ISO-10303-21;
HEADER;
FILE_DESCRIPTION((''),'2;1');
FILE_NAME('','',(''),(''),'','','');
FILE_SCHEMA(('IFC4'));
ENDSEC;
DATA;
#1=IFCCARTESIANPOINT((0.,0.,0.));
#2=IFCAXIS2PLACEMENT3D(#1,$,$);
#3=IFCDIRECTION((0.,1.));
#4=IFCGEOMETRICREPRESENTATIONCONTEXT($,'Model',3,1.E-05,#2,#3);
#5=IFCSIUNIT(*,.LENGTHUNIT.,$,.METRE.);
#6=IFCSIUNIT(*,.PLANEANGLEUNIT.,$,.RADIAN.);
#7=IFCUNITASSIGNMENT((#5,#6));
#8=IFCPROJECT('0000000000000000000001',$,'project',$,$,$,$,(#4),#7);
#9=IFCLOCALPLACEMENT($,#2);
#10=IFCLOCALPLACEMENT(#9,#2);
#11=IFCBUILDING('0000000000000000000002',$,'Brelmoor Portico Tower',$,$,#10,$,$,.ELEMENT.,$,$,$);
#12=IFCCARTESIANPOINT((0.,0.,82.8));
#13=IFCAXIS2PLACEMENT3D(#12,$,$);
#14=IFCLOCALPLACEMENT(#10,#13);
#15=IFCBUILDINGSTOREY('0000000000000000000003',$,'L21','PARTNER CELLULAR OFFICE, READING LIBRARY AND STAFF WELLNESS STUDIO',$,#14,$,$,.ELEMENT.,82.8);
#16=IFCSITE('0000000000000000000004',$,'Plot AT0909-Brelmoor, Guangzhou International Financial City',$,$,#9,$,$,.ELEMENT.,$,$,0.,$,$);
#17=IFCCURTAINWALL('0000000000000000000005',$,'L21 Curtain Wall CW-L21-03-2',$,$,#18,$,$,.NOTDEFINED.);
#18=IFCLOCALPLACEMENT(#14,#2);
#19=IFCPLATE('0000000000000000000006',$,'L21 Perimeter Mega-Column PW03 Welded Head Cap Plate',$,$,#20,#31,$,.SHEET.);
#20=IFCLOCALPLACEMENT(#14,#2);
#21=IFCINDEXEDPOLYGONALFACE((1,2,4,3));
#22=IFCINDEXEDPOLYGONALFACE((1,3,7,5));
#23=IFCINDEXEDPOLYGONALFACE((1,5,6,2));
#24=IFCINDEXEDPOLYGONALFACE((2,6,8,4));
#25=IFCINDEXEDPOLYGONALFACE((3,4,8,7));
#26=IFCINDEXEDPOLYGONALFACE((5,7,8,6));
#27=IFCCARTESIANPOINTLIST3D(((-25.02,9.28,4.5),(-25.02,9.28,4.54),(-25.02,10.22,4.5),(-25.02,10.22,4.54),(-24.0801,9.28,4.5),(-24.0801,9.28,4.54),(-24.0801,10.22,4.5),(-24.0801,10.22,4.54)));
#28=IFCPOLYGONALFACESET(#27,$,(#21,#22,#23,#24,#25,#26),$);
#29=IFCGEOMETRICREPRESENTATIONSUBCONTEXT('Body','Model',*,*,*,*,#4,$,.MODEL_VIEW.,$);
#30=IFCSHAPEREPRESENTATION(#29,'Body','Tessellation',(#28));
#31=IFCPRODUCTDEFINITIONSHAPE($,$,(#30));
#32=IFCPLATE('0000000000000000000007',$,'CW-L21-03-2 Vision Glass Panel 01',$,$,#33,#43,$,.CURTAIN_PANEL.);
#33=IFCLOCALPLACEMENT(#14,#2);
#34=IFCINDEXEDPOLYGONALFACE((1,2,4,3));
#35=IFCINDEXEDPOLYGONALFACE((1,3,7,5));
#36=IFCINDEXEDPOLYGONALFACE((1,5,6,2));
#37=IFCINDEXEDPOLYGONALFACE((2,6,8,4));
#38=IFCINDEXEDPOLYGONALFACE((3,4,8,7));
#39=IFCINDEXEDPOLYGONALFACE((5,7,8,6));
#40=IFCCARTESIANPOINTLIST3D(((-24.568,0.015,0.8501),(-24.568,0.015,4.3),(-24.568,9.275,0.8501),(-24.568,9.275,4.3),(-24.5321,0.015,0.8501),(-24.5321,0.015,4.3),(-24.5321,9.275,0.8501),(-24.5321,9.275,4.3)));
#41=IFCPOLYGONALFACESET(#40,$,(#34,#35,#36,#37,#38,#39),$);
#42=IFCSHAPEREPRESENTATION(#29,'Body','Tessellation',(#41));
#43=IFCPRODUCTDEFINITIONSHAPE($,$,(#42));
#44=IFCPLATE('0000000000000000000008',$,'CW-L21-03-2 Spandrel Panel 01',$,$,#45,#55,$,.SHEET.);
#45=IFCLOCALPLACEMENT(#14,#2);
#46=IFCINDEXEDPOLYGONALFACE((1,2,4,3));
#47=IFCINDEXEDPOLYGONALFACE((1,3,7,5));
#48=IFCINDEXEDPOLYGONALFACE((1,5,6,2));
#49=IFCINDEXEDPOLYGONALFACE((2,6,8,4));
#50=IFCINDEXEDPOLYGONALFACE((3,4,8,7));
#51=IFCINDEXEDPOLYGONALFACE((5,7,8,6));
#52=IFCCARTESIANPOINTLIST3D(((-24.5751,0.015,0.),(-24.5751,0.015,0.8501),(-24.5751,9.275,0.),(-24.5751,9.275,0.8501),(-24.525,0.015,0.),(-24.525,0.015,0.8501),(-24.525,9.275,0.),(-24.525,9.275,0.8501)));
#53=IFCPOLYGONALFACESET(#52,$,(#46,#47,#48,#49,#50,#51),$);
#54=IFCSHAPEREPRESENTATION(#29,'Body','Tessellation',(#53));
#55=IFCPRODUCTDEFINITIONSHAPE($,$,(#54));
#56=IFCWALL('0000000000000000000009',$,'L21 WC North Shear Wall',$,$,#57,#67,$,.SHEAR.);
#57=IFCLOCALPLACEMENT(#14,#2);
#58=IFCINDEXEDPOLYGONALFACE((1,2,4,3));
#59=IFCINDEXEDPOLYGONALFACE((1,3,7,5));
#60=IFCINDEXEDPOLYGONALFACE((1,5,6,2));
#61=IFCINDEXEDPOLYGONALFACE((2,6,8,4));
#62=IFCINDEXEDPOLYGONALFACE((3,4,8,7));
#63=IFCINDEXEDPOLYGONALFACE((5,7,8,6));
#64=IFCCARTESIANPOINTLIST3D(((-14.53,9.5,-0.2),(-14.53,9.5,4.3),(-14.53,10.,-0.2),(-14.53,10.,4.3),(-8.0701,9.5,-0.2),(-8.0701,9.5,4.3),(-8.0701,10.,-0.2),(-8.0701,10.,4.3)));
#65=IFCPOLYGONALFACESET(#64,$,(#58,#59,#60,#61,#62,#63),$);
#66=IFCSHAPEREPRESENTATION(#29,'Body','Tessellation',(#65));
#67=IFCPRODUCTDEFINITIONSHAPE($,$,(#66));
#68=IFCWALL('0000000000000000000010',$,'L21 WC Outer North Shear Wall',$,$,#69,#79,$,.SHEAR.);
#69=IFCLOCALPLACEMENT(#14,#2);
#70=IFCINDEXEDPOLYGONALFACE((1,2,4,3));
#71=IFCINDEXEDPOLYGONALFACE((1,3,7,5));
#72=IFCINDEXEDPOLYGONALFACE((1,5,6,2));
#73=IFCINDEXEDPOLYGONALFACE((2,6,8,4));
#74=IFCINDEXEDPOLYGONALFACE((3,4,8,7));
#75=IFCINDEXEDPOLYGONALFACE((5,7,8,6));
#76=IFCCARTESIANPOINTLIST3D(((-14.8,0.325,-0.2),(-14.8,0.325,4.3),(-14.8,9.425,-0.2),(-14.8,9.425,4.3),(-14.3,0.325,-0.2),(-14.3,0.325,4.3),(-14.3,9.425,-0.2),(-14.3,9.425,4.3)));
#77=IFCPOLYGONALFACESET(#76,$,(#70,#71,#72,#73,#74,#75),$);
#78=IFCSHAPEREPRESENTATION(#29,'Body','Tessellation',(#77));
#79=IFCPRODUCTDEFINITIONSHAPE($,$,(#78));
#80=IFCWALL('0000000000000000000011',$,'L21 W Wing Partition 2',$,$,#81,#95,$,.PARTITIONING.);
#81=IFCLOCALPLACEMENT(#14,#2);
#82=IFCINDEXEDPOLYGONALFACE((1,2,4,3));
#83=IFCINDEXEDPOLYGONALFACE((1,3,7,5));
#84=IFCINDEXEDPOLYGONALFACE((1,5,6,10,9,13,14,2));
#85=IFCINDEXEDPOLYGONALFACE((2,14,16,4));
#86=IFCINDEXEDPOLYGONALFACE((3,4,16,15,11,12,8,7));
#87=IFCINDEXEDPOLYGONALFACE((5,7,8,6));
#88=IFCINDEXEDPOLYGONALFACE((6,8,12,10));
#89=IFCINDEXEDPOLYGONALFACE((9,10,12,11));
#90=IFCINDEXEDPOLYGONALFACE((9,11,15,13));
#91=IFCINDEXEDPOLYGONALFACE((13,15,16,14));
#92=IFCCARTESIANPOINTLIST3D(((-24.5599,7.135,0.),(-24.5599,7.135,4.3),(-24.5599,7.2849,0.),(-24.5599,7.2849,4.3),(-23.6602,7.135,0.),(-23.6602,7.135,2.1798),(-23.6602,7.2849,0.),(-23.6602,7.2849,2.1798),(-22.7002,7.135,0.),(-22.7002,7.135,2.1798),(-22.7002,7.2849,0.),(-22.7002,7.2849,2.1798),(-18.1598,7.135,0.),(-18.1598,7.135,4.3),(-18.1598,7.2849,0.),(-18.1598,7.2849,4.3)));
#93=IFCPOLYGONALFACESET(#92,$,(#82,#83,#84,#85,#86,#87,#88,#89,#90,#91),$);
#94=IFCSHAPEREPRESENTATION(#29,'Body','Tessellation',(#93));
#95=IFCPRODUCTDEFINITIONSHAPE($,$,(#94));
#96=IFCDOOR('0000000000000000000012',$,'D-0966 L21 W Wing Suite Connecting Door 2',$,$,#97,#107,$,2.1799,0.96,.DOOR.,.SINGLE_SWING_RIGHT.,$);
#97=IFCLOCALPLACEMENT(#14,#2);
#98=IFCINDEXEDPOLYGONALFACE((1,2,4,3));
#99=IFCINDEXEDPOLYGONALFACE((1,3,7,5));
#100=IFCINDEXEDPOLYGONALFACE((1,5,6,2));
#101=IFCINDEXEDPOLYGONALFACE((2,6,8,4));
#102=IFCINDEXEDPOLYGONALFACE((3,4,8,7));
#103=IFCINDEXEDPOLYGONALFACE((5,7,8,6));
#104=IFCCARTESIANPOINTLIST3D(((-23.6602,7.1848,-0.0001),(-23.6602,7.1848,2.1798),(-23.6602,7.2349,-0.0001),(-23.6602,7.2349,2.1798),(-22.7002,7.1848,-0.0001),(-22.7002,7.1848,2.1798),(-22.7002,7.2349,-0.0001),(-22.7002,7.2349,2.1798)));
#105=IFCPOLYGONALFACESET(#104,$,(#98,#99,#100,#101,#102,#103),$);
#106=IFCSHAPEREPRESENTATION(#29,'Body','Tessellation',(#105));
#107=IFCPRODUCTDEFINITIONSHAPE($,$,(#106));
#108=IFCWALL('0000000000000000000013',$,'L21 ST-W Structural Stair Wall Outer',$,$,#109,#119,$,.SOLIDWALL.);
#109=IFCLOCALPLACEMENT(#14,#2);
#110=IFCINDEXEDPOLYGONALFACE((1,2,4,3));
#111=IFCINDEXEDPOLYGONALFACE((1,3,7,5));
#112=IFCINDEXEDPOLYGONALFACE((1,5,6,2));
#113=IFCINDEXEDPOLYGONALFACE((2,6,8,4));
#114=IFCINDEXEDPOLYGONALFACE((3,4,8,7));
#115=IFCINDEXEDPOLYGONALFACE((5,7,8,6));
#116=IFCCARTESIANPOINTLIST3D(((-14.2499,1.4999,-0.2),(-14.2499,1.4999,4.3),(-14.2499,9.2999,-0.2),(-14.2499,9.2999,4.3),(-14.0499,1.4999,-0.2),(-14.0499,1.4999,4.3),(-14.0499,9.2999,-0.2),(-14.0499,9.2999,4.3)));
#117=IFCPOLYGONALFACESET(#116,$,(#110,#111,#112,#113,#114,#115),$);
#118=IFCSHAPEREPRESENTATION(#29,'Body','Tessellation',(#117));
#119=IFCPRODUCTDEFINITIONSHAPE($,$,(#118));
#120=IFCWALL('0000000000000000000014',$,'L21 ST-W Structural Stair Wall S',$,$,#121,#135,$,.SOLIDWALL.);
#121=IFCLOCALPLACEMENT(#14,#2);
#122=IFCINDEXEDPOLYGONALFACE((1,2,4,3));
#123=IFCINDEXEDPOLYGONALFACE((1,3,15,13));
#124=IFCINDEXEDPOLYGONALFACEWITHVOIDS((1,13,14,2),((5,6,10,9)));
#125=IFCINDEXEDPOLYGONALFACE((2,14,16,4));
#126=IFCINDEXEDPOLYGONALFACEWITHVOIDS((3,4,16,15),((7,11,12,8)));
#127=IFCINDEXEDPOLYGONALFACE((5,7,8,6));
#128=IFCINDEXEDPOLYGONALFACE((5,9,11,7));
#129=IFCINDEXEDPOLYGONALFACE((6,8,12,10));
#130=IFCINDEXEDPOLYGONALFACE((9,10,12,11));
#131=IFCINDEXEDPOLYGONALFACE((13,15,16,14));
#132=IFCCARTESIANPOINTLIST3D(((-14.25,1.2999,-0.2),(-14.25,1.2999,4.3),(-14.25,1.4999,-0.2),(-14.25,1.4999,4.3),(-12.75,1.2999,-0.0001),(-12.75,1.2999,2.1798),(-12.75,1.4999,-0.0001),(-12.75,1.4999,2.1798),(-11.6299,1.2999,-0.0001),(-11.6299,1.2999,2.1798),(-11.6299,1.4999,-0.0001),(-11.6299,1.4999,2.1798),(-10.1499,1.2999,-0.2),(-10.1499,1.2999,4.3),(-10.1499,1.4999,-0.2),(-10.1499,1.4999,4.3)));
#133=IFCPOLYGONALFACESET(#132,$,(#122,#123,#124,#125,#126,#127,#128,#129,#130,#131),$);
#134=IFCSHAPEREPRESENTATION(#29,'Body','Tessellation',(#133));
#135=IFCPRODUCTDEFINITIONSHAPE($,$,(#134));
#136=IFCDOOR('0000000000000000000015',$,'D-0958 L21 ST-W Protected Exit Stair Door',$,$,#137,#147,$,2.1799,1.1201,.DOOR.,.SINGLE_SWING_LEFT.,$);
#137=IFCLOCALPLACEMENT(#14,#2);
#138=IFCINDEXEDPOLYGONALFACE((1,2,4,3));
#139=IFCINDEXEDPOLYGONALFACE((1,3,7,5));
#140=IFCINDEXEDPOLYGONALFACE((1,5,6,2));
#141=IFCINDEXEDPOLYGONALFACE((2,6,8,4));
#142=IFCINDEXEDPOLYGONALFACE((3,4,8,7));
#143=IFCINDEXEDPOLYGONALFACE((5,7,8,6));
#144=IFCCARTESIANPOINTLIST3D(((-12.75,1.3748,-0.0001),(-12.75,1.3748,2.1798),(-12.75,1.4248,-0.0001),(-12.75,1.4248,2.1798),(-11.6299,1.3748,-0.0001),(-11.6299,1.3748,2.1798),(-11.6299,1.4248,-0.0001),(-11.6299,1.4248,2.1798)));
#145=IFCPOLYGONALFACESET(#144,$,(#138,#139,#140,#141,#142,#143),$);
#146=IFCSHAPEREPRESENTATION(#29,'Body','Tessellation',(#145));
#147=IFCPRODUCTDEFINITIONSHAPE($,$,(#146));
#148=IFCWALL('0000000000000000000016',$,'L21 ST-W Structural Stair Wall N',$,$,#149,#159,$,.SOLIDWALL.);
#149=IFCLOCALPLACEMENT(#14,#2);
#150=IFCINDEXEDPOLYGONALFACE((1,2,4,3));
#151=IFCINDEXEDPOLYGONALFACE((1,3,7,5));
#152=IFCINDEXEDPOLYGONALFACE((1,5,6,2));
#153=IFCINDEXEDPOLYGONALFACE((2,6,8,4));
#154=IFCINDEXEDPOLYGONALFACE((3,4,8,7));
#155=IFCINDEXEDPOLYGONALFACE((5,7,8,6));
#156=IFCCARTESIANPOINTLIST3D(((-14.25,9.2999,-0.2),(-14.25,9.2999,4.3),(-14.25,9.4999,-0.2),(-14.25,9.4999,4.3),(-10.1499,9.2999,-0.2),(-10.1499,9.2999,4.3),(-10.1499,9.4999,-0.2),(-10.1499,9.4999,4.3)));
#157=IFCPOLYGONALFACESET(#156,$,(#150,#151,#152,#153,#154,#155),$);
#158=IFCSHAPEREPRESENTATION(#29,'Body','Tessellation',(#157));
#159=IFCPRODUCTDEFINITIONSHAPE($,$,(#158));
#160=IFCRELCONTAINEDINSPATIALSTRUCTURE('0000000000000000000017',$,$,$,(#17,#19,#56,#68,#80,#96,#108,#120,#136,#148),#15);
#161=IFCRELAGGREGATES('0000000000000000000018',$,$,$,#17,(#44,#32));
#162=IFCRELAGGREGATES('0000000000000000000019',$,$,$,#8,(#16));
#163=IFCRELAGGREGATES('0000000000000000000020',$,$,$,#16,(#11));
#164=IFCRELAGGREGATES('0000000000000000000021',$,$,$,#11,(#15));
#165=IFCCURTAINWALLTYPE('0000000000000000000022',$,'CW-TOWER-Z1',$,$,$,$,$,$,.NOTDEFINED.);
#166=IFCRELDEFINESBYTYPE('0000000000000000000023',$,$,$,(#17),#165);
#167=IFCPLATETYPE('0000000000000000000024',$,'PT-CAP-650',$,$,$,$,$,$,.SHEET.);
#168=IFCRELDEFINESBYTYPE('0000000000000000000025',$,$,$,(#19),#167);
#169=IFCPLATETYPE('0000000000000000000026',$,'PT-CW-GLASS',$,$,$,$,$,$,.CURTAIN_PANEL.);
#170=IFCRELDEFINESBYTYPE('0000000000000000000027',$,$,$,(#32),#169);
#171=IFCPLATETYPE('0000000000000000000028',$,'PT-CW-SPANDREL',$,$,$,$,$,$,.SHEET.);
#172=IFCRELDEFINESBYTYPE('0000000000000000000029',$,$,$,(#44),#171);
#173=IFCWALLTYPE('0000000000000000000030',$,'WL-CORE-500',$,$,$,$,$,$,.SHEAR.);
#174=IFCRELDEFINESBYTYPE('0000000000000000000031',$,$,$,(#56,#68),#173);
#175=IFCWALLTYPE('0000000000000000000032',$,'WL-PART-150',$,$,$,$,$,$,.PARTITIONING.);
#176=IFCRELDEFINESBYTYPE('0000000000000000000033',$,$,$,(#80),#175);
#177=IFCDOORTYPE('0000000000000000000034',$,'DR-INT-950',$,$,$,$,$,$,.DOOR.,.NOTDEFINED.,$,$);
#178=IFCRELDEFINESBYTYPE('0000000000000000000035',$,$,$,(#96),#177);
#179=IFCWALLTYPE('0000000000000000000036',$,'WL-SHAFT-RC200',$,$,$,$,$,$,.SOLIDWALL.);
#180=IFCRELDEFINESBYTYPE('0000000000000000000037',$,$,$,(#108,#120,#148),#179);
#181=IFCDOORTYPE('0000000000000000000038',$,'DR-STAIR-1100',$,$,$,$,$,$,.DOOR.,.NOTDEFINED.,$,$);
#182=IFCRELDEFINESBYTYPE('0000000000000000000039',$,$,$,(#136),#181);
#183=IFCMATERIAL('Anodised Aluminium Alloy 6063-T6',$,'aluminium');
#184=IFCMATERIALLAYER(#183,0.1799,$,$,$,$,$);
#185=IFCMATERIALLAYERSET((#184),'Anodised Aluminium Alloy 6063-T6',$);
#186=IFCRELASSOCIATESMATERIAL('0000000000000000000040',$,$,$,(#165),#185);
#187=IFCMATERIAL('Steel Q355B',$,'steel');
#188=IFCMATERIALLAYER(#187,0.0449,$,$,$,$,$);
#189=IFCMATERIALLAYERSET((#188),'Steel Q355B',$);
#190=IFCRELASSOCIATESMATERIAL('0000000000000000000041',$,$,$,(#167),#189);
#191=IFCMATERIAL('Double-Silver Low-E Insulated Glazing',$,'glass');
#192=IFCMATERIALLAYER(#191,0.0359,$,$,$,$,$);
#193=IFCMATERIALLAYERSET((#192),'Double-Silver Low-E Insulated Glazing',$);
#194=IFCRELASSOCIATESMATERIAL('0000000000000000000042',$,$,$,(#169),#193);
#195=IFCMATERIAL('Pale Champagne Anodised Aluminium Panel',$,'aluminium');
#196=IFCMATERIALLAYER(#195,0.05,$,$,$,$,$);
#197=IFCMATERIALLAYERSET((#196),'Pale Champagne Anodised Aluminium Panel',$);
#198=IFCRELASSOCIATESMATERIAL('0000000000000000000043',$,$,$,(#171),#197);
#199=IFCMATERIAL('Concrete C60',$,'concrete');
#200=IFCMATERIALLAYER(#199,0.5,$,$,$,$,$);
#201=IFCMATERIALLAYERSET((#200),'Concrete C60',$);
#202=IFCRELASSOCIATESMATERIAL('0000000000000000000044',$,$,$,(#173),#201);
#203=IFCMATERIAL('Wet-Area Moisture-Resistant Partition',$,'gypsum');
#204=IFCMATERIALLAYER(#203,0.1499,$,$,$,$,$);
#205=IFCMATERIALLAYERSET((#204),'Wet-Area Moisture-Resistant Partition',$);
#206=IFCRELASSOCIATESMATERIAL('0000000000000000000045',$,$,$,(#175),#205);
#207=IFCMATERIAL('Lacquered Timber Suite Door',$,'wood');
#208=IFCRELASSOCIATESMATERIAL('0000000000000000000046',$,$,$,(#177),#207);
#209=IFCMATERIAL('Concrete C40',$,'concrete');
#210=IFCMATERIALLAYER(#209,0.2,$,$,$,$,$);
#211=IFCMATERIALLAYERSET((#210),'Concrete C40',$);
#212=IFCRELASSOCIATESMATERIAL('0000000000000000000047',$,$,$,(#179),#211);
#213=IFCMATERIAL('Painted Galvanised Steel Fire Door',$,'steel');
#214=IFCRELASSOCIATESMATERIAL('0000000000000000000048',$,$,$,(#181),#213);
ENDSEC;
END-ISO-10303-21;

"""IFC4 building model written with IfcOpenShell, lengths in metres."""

from ifc_helpers import new_model, si_unit, direction, frame, frame_2d, origin, origin_2d, place, context, subcontext, project, spatial, rectangle, extrude, material, layer, layer_set, type_object, element, fill, aggregate, save


model = new_model("IFC4")

# Units and contexts
model_context = context("Model", 3, precision=1e-05, world=origin(), true_north=direction((0.0, 1.0)))
body_context = subcontext(model_context, "Body", "Model", "MODEL_VIEW")
ifc_project = project(units=[si_unit("LENGTHUNIT", "METRE"), si_unit("PLANEANGLEUNIT", "RADIAN")], contexts=[model_context])

# Site, building, storey
site_placement = place(None, origin())
site = spatial("IfcSite", under=ifc_project, at=site_placement, Name="Plot AT0909-Brelmoor, Guangzhou International Financial City", CompositionType="ELEMENT", RefElevation=0.0)
building_placement = place(site_placement, origin())
building = spatial("IfcBuilding", under=site, at=building_placement, Name="Brelmoor Portico Tower", CompositionType="ELEMENT")
storey_placement = place(building_placement, frame((0.0, 0.0, 82.8)))
storey = spatial("IfcBuildingStorey", under=building, at=storey_placement, Name="L21", Description="PARTNER CELLULAR OFFICE, READING LIBRARY AND STAFF WELLNESS STUDIO", CompositionType="ELEMENT", Elevation=82.8)

# Shared definitions
ifc_material_1 = material(Name="Steel Q355B", Category="steel")

# Curtain wall
ifc_material_2 = material(Name="Anodised Aluminium Alloy 6063-T6", Category="aluminium")
ifc_layer_1 = layer(ifc_material_2, 0.1799)
ifc_layer_set_1 = layer_set([ifc_layer_1], Name="Anodised Aluminium Alloy 6063-T6")
curtain_wall_type = type_object("IfcCurtainWallType", Name="CW-TOWER-Z1", PredefinedType="NOTDEFINED", material=ifc_layer_set_1)
curtain_wall_placement = place(storey_placement, origin())
curtain_wall = element("IfcCurtainWall", 1, at=curtain_wall_placement, inside=storey, type_object=curtain_wall_type, Name="L21 Curtain Wall CW-L21-03-2", PredefinedType="NOTDEFINED")

# Plates
ifc_layer_2 = layer(ifc_material_1, 0.0449)
ifc_layer_set_2 = layer_set([ifc_layer_2], Name="Steel Q355B")
plate_type_1 = type_object("IfcPlateType", Name="PT-CAP-650", PredefinedType="SHEET", material=ifc_layer_set_2)
plate_1_placement = place(storey_placement, frame((-24.55, 9.75, 4.5), z_axis=(0.0, 0.0, 1.0), x_axis=(0.0, 1.0, 0.0)))
element("IfcPlate", 2, at=plate_1_placement, inside=storey, type_object=plate_type_1, Name="L21 Perimeter Mega-Column PW03 Welded Head Cap Plate", PredefinedType="SHEET", context=body_context, shape_type="SweptSolid", body=[
    extrude(rectangle(XDim=0.9399, YDim=0.9399, at=origin_2d()), origin(), (0.0, 0.0, 1.0), 0.04),
])
ifc_material_3 = material(Name="Double-Silver Low-E Insulated Glazing", Category="glass")
ifc_layer_3 = layer(ifc_material_3, 0.0359)
ifc_layer_set_3 = layer_set([ifc_layer_3], Name="Double-Silver Low-E Insulated Glazing")
plate_type_2 = type_object("IfcPlateType", Name="PT-CW-GLASS", PredefinedType="CURTAIN_PANEL", material=ifc_layer_set_3)
plate_2_placement = place(storey_placement, frame((-24.55, 4.645, 0.8501), z_axis=(0.0, 0.0, 1.0), x_axis=(0.0, 1.0, 0.0)))
plate_2 = element("IfcPlate", 3, at=plate_2_placement, type_object=plate_type_2, Name="CW-L21-03-2 Vision Glass Panel 01", PredefinedType="CURTAIN_PANEL", context=body_context, shape_type="SweptSolid", body=[
    extrude(rectangle(XDim=9.26, YDim=0.0359, at=origin_2d()), origin(), (0.0, 0.0, 1.0), 3.45),
])
ifc_material_4 = material(Name="Pale Champagne Anodised Aluminium Panel", Category="aluminium")
ifc_layer_4 = layer(ifc_material_4, 0.05)
ifc_layer_set_4 = layer_set([ifc_layer_4], Name="Pale Champagne Anodised Aluminium Panel")
plate_type_3 = type_object("IfcPlateType", Name="PT-CW-SPANDREL", PredefinedType="SHEET", material=ifc_layer_set_4)
plate_3_placement = place(storey_placement, frame((-24.55, 4.645, 0.0), z_axis=(0.0, 0.0, 1.0), x_axis=(0.0, 1.0, 0.0)))
plate_3 = element("IfcPlate", 4, at=plate_3_placement, type_object=plate_type_3, Name="CW-L21-03-2 Spandrel Panel 01", PredefinedType="SHEET", context=body_context, shape_type="SweptSolid", body=[
    extrude(rectangle(XDim=9.26, YDim=0.05, at=origin_2d()), origin(), (0.0, 0.0, 1.0), 0.8501),
])
aggregate(curtain_wall, [plate_3, plate_2])

# Walls
ifc_material_5 = material(Name="Concrete C60", Category="concrete")
ifc_layer_5 = layer(ifc_material_5, 0.5)
ifc_layer_set_5 = layer_set([ifc_layer_5], Name="Concrete C60")
wall_type_1 = type_object("IfcWallType", Name="WL-CORE-500", PredefinedType="SHEAR", material=ifc_layer_set_5)
wall_1_placement = place(storey_placement, frame((-14.53, 9.75, -0.2), z_axis=(0.0, 0.0, 1.0), x_axis=(1.0, 0.0, 0.0)))
element("IfcWall", 5, at=wall_1_placement, inside=storey, type_object=wall_type_1, Name="L21 WC North Shear Wall", PredefinedType="SHEAR", context=body_context, shape_type="SweptSolid", body=[
    extrude(rectangle(XDim=6.46, YDim=0.5, at=frame_2d((3.23, 0.0))), origin(), (0.0, 0.0, 1.0), 4.5),
])
wall_2_placement = place(storey_placement, frame((-14.55, 0.325, -0.2), z_axis=(0.0, 0.0, 1.0), x_axis=(0.0, 1.0, 0.0)))
element("IfcWall", 6, at=wall_2_placement, inside=storey, type_object=wall_type_1, Name="L21 WC Outer North Shear Wall", PredefinedType="SHEAR", context=body_context, shape_type="SweptSolid", body=[
    extrude(rectangle(XDim=9.1001, YDim=0.5, at=frame_2d((4.55, 0.0))), origin(), (0.0, 0.0, 1.0), 4.5),
])

# Wall, opening, door
ifc_material_6 = material(Name="Wet-Area Moisture-Resistant Partition", Category="gypsum")
ifc_layer_6 = layer(ifc_material_6, 0.1499)
ifc_layer_set_6 = layer_set([ifc_layer_6], Name="Wet-Area Moisture-Resistant Partition")
wall_type_2 = type_object("IfcWallType", Name="WL-PART-150", PredefinedType="PARTITIONING", material=ifc_layer_set_6)
wall_3_placement = place(storey_placement, frame((-24.5601, 7.21, 0.0), z_axis=(0.0, 0.0, 1.0), x_axis=(1.0, 0.0, 0.0)))
wall_3 = element("IfcWall", 7, at=wall_3_placement, inside=storey, type_object=wall_type_2, Name="L21 W Wing Partition 2", PredefinedType="PARTITIONING", context=body_context, shape_type="SweptSolid", body=[
    extrude(rectangle(XDim=6.4001, YDim=0.1499, at=frame_2d((3.2002, 0.0))), origin(), (0.0, 0.0, 1.0), 4.3),
])
opening_1_placement = place(wall_3_placement, frame((0.8999, 0.0, 0.0)))
opening_1 = element("IfcOpeningElement", 8, at=opening_1_placement, cuts=wall_3, PredefinedType="OPENING", context=body_context, shape_type="SweptSolid", body=[
    extrude(rectangle(XDim=0.96, YDim=2.1799, at=frame_2d((0.48, 1.0898))), frame((0.0, 0.085, 0.0), z_axis=(0.0, -1.0, 0.0), x_axis=(1.0, 0.0, 0.0)), (0.0, 0.0, 1.0), 0.1699),
])
ifc_material_7 = material(Name="Lacquered Timber Suite Door", Category="wood")
door_type_1 = type_object("IfcDoorType", Name="DR-INT-950", OperationType="NOTDEFINED", PredefinedType="DOOR", material=ifc_material_7)
door_1_placement = place(opening_1_placement, origin())
door_1 = element("IfcDoor", 9, at=door_1_placement, inside=storey, type_object=door_type_1, Name="D-0966 L21 W Wing Suite Connecting Door 2", OperationType="SINGLE_SWING_RIGHT", OverallHeight=2.1799, OverallWidth=0.96, PredefinedType="DOOR", context=body_context, shape_type="SweptSolid", body=[
    extrude(rectangle(XDim=0.96, YDim=2.1799, at=frame_2d((0.48, 1.0898))), frame((0.0, 0.0249, 0.0), z_axis=(0.0, -1.0, 0.0), x_axis=(1.0, 0.0, 0.0)), (0.0, 0.0, 1.0), 0.05),
])
fill(opening_1, door_1)

# Wall
ifc_material_8 = material(Name="Concrete C40", Category="concrete")
ifc_layer_7 = layer(ifc_material_8, 0.2)
ifc_layer_set_7 = layer_set([ifc_layer_7], Name="Concrete C40")
wall_type_3 = type_object("IfcWallType", Name="WL-SHAFT-RC200", PredefinedType="SOLIDWALL", material=ifc_layer_set_7)
wall_4_placement = place(storey_placement, frame((-14.1499, 1.5, -0.2), z_axis=(0.0, 0.0, 1.0), x_axis=(0.0, 1.0, 0.0)))
element("IfcWall", 10, at=wall_4_placement, inside=storey, type_object=wall_type_3, Name="L21 ST-W Structural Stair Wall Outer", PredefinedType="SOLIDWALL", context=body_context, shape_type="SweptSolid", body=[
    extrude(rectangle(XDim=7.8, YDim=0.2, at=frame_2d((3.8999, 0.0))), origin(), (0.0, 0.0, 1.0), 4.5),
])

# Wall, opening, door
wall_5_placement = place(storey_placement, frame((-14.25, 1.3999, -0.2), z_axis=(0.0, 0.0, 1.0), x_axis=(1.0, 0.0, 0.0)))
wall_5 = element("IfcWall", 11, at=wall_5_placement, inside=storey, type_object=wall_type_3, Name="L21 ST-W Structural Stair Wall S", PredefinedType="SOLIDWALL", context=body_context, shape_type="SweptSolid", body=[
    extrude(rectangle(XDim=4.1001, YDim=0.2, at=frame_2d((2.05, 0.0))), origin(), (0.0, 0.0, 1.0), 4.5),
])
opening_2_placement = place(wall_5_placement, frame((1.5, 0.0, 0.2)))
opening_2 = element("IfcOpeningElement", 12, at=opening_2_placement, cuts=wall_5, PredefinedType="OPENING", context=body_context, shape_type="SweptSolid", body=[
    extrude(rectangle(XDim=1.1201, YDim=2.1799, at=frame_2d((0.5601, 1.0898))), frame((0.0, 0.1099, 0.0), z_axis=(0.0, -1.0, 0.0), x_axis=(1.0, 0.0, 0.0)), (0.0, 0.0, 1.0), 0.22),
])
ifc_material_9 = material(Name="Painted Galvanised Steel Fire Door", Category="steel")
door_type_2 = type_object("IfcDoorType", Name="DR-STAIR-1100", OperationType="NOTDEFINED", PredefinedType="DOOR", material=ifc_material_9)
door_2_placement = place(opening_2_placement, origin())
door_2 = element("IfcDoor", 13, at=door_2_placement, inside=storey, type_object=door_type_2, Name="D-0958 L21 ST-W Protected Exit Stair Door", OperationType="SINGLE_SWING_LEFT", OverallHeight=2.1799, OverallWidth=1.1201, PredefinedType="DOOR", context=body_context, shape_type="SweptSolid", body=[
    extrude(rectangle(XDim=1.1201, YDim=2.1799, at=frame_2d((0.5601, 1.0898))), frame((0.0, 0.0249, 0.0), z_axis=(0.0, -1.0, 0.0), x_axis=(1.0, 0.0, 0.0)), (0.0, 0.0, 1.0), 0.05),
])
fill(opening_2, door_2)

# Wall
wall_6_placement = place(storey_placement, frame((-14.25, 9.3999, -0.2), z_axis=(0.0, 0.0, 1.0), x_axis=(1.0, 0.0, 0.0)))
element("IfcWall", 14, at=wall_6_placement, inside=storey, type_object=wall_type_3, Name="L21 ST-W Structural Stair Wall N", PredefinedType="SOLIDWALL", context=body_context, shape_type="SweptSolid", body=[
    extrude(rectangle(XDim=4.1001, YDim=0.2, at=frame_2d((2.05, 0.0))), origin(), (0.0, 0.0, 1.0), 4.5),
])

save(model, "model.ifc")
